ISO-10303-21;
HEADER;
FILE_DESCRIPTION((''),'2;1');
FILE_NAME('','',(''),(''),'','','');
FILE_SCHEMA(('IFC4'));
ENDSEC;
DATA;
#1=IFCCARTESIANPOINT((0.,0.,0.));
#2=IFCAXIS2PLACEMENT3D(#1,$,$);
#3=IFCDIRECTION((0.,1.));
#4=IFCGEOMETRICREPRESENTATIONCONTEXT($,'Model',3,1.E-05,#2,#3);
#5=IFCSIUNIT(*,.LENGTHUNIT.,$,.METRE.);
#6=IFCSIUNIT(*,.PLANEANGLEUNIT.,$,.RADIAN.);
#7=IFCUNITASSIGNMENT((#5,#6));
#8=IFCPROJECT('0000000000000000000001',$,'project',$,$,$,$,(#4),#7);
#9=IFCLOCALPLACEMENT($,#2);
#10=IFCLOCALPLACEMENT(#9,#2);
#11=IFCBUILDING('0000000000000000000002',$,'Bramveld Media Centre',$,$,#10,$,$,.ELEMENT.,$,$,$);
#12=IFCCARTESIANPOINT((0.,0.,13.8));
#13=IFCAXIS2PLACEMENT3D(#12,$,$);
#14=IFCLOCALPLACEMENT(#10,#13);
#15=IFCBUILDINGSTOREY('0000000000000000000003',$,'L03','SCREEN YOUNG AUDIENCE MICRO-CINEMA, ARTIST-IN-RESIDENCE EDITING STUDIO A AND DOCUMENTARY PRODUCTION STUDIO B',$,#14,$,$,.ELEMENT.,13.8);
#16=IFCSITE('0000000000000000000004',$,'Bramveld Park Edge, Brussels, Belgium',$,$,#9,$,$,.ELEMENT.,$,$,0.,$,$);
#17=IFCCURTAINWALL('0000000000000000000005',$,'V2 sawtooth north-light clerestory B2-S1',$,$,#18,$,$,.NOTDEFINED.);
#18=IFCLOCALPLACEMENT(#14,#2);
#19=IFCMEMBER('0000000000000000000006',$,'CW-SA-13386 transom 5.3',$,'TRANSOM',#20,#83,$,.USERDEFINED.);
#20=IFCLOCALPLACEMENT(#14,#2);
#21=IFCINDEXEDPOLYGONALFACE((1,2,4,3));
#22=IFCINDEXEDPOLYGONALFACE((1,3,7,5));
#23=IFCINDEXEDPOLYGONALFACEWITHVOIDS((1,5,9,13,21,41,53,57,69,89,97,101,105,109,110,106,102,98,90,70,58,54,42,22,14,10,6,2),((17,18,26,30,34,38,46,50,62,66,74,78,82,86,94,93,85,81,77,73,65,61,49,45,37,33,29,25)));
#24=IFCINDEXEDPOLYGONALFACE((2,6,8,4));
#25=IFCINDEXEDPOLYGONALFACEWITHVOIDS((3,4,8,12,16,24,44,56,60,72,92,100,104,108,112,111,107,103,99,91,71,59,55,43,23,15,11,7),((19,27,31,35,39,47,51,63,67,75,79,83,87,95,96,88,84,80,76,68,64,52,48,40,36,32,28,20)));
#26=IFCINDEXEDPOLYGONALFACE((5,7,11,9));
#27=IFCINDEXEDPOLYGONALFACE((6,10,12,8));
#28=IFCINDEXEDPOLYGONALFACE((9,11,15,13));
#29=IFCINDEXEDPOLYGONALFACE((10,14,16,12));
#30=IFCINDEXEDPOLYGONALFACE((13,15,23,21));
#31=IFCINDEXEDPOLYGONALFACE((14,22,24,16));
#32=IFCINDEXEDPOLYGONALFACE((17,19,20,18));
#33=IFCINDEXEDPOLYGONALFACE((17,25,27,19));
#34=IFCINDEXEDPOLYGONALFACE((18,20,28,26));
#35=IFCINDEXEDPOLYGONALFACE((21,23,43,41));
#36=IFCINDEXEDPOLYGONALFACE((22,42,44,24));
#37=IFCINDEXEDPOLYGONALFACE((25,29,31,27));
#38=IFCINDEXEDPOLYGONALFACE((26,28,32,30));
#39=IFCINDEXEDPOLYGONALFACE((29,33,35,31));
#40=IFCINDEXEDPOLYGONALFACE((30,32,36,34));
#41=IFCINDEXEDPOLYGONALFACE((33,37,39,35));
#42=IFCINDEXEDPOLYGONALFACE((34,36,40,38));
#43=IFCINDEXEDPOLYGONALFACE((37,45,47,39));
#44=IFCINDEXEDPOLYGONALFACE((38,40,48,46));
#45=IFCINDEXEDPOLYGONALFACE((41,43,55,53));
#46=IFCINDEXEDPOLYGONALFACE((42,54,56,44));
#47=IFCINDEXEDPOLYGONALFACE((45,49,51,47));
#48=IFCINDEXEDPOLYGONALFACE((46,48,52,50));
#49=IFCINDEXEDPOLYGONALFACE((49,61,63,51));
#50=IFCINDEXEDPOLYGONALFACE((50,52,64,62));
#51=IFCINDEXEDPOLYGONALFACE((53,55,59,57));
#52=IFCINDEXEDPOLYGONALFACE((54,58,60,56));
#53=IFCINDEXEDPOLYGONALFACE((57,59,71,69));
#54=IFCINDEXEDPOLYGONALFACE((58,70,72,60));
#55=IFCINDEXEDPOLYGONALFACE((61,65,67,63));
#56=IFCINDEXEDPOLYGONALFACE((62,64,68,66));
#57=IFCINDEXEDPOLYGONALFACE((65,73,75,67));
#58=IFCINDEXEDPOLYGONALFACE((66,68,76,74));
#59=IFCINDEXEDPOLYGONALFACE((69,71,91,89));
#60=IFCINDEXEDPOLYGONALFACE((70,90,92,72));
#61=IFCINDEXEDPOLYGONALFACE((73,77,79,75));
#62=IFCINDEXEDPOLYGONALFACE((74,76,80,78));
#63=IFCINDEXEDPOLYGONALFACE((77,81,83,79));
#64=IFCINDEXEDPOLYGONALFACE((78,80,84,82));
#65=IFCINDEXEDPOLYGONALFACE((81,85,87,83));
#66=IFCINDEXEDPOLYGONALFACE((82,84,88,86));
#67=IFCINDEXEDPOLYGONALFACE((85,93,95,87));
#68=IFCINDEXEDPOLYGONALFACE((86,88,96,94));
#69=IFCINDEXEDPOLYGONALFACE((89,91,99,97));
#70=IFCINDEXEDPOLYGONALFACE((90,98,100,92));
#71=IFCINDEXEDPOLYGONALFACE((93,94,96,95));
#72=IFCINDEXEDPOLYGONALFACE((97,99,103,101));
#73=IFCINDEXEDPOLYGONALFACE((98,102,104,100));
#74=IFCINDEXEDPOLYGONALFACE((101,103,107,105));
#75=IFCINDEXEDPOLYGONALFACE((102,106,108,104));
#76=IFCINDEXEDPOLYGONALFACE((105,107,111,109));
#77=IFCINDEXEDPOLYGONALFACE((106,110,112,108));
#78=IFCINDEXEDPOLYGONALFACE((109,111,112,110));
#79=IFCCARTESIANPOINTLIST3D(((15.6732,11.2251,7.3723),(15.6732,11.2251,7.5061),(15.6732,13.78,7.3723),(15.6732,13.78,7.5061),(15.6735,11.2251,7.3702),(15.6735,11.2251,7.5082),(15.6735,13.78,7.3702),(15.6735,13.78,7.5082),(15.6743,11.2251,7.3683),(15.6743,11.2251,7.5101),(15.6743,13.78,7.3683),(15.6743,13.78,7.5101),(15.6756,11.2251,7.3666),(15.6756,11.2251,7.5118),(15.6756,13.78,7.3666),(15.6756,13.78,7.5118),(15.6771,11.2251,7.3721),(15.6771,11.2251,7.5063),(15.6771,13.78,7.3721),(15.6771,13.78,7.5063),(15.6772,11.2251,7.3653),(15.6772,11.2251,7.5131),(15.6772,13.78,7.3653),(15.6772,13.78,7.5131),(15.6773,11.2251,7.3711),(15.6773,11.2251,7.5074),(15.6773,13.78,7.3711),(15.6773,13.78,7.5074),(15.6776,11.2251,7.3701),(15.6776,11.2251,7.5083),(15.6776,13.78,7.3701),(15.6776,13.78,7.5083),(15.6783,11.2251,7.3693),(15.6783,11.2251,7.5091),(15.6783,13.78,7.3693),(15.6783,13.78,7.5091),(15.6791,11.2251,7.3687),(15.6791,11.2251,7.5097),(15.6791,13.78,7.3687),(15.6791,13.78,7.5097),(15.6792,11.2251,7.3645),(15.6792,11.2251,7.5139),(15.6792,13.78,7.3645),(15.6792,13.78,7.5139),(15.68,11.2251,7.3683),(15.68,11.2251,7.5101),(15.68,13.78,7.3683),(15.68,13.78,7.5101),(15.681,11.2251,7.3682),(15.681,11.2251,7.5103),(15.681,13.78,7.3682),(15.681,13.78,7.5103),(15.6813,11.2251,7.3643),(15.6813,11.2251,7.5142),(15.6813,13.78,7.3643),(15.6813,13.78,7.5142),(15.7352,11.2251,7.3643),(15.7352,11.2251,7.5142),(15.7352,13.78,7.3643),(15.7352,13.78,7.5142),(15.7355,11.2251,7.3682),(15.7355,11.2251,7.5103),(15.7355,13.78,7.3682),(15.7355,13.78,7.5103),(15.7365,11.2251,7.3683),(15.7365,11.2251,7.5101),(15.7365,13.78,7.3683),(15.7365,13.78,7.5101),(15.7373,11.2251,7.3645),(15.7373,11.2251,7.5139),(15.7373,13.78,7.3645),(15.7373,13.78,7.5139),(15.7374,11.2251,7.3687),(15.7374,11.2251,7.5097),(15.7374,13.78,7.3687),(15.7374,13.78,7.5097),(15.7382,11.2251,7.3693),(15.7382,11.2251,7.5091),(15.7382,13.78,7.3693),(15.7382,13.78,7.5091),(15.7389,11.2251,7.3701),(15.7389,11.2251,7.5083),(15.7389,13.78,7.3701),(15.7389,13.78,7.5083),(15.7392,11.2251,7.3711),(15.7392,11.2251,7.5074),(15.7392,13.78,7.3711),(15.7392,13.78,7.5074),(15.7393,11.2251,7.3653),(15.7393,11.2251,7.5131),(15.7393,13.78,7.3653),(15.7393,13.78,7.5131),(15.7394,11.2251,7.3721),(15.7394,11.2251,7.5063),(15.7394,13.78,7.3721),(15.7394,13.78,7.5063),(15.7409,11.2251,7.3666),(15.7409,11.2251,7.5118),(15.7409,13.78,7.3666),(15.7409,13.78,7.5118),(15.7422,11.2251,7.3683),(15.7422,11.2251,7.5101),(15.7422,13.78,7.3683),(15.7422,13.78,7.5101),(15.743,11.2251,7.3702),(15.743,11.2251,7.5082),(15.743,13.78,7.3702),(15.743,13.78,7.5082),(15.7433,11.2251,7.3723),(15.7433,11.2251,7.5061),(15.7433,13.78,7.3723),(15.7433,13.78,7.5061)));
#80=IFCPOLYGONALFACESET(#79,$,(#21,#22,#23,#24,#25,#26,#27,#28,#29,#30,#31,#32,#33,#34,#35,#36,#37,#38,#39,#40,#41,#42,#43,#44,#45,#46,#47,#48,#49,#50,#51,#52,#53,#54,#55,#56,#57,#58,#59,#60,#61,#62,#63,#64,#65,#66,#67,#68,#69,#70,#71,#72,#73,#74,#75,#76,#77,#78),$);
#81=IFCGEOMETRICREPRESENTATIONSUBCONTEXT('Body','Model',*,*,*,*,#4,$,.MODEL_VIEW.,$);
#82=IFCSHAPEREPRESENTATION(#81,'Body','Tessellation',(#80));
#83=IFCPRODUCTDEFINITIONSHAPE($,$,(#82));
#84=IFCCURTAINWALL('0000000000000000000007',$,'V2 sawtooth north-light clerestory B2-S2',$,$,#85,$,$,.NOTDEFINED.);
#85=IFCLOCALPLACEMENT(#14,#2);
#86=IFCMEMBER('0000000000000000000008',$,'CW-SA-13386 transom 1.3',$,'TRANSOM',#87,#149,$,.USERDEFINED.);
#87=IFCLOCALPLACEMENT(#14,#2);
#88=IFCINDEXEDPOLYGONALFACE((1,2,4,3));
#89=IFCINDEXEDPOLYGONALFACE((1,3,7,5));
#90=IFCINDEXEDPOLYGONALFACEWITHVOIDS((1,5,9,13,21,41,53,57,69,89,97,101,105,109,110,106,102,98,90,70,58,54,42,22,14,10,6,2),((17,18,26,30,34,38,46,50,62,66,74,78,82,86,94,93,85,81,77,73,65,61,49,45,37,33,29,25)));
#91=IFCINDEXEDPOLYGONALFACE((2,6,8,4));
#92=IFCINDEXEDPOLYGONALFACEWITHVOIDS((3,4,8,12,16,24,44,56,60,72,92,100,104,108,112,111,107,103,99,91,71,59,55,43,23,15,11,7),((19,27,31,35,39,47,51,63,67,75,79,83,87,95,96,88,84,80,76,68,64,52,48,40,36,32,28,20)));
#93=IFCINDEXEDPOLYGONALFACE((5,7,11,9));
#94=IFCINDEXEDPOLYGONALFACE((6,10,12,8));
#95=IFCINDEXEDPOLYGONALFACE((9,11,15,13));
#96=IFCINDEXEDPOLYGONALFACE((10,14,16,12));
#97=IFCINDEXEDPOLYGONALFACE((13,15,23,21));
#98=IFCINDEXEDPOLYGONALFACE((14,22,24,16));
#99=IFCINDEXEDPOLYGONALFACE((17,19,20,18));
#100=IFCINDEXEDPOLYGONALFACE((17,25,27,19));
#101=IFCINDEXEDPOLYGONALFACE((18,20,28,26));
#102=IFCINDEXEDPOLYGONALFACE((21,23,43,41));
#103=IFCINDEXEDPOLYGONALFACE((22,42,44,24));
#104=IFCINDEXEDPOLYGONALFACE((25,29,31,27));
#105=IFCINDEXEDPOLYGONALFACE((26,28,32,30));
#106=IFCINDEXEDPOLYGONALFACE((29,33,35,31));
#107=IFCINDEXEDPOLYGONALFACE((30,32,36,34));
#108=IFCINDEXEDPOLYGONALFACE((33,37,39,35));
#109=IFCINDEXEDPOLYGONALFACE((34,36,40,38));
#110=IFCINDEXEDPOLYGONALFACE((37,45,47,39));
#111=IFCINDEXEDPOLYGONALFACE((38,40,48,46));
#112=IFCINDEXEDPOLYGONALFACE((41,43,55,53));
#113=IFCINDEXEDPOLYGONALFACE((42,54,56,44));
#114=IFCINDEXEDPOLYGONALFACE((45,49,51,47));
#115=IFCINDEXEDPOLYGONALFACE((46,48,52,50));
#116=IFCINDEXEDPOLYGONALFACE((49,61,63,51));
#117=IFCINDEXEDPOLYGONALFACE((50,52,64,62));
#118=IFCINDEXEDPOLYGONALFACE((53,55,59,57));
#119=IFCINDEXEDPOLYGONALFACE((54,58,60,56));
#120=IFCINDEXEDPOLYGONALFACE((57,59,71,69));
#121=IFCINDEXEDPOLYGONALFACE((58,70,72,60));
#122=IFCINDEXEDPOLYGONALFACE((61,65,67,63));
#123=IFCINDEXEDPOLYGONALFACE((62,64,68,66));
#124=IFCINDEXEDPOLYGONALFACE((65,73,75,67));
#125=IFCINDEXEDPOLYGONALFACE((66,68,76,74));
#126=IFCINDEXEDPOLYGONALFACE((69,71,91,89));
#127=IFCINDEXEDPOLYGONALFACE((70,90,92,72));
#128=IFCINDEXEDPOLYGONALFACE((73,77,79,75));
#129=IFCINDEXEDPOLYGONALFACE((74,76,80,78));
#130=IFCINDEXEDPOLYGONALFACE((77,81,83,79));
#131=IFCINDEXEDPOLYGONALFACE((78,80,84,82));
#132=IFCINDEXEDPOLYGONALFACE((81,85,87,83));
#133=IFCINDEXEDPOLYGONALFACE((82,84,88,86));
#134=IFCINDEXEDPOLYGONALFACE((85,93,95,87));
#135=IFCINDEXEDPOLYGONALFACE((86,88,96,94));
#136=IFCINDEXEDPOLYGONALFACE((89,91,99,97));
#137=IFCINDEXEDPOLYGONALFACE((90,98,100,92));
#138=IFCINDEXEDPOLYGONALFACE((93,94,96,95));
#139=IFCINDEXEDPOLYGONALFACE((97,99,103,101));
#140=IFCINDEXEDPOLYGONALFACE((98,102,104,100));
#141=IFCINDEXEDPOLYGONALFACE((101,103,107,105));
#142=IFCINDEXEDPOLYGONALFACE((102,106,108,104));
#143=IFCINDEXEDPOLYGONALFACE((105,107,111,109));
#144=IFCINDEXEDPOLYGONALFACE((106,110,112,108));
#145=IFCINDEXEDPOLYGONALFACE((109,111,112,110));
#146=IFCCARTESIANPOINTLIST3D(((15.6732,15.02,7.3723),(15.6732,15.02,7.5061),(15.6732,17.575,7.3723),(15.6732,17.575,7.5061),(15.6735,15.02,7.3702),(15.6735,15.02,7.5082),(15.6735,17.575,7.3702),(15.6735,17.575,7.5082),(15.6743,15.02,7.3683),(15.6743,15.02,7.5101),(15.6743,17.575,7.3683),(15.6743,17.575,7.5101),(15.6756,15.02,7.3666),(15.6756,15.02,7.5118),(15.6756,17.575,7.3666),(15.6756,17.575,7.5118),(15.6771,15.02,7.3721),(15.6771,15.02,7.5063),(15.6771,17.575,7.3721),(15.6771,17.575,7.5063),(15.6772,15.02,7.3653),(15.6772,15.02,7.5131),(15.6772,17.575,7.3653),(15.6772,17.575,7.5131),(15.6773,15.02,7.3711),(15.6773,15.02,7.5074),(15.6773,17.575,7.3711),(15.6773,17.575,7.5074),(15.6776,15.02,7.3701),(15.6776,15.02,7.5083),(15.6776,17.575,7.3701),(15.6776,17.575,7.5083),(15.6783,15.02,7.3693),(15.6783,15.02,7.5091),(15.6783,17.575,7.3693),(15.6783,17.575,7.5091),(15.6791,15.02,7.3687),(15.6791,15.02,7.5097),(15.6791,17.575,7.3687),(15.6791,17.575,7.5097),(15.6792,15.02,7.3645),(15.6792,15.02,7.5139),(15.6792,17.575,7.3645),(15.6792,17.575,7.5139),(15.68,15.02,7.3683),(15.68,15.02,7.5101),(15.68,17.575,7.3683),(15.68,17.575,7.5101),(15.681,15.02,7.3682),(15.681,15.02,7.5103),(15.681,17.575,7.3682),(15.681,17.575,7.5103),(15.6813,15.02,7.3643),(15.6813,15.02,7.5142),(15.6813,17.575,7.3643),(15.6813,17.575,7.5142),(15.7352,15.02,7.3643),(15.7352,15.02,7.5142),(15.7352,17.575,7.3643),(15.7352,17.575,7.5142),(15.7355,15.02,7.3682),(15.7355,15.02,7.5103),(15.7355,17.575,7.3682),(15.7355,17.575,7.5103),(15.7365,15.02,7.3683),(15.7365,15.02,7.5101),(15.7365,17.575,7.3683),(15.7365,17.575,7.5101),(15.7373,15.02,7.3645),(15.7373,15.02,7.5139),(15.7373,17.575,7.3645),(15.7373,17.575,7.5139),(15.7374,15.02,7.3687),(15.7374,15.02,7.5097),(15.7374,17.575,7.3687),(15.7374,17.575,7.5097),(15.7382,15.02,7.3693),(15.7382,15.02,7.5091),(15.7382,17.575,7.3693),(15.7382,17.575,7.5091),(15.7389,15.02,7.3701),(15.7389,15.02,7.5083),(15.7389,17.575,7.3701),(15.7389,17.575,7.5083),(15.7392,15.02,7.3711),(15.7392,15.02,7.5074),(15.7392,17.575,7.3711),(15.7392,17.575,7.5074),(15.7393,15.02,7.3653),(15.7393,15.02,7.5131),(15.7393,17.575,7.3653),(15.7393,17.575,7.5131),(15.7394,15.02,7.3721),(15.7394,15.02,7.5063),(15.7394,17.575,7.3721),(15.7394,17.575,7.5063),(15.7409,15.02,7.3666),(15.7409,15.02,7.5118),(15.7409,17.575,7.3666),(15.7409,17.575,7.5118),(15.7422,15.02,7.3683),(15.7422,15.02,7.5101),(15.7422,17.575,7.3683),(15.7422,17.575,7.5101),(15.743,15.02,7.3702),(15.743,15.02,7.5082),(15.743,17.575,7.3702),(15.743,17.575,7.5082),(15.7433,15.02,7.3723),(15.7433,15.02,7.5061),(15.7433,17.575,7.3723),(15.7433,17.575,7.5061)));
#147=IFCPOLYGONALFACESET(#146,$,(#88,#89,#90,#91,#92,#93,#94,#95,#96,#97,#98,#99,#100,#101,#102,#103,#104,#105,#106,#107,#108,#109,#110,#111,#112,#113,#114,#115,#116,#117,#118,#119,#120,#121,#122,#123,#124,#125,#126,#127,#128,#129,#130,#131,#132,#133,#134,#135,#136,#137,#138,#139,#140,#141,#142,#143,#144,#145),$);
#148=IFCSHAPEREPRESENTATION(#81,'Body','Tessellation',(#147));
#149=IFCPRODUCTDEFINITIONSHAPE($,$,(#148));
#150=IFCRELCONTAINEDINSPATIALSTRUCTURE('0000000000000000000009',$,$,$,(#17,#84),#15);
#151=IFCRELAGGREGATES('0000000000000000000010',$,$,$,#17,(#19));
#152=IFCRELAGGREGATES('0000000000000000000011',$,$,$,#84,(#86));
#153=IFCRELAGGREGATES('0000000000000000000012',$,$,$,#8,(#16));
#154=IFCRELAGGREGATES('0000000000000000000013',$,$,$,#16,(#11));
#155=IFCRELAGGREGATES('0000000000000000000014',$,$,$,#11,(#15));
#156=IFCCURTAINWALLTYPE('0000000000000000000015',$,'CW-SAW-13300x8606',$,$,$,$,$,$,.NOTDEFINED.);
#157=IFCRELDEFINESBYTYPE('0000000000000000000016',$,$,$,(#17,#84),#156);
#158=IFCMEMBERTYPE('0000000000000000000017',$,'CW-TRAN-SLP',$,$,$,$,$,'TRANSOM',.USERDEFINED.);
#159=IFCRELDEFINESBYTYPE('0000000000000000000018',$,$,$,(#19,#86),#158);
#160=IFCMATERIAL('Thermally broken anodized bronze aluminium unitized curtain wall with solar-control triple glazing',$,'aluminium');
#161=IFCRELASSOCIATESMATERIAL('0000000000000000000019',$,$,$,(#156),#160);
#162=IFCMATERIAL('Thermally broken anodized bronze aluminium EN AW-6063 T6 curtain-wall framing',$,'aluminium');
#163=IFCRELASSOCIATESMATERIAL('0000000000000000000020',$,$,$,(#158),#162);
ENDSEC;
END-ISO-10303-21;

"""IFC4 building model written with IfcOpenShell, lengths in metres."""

from ifc_helpers import new_model, si_unit, direction, frame, origin, origin_2d, place, context, subcontext, project, spatial, hollow_rectangle, extrude, material, material_profile, profile_set, type_object, element, aggregate, save


model = new_model("IFC4")

# Units and contexts
model_context = context("Model", 3, precision=1e-05, world=origin(), true_north=direction((0.0, 1.0)))
body_context = subcontext(model_context, "Body", "Model", "MODEL_VIEW")
ifc_project = project(units=[si_unit("LENGTHUNIT", "METRE"), si_unit("PLANEANGLEUNIT", "RADIAN")], contexts=[model_context])

# Site, building, storey
site_placement = place(None, origin())
site = spatial("IfcSite", under=ifc_project, at=site_placement, Name="Bramveld Park Edge, Brussels, Belgium", CompositionType="ELEMENT", RefElevation=0.0)
building_placement = place(site_placement, origin())
building = spatial("IfcBuilding", under=site, at=building_placement, Name="Bramveld Media Centre", CompositionType="ELEMENT")
storey_placement = place(building_placement, frame((0.0, 0.0, 13.8)))
storey = spatial("IfcBuildingStorey", under=building, at=storey_placement, Name="L03", Description="SCREEN YOUNG AUDIENCE MICRO-CINEMA, ARTIST-IN-RESIDENCE EDITING STUDIO A AND DOCUMENTARY PRODUCTION STUDIO B", CompositionType="ELEMENT", Elevation=13.8)

# Shared definitions
ifc_material_1 = material(Name="Thermally broken anodized bronze aluminium unitized curtain wall with solar-control triple glazing", Category="aluminium")
curtain_wall_type = type_object("IfcCurtainWallType", Name="CW-SAW-13300x8606", PredefinedType="NOTDEFINED", material=ifc_material_1)

# Shared definitions
ifc_material_2 = material(Name="Thermally broken anodized bronze aluminium EN AW-6063 T6 curtain-wall framing", Category="aluminium")
ifc_material_profile_1 = material_profile(ifc_material_2, hollow_rectangle(XDim=0.0701, YDim=0.1499, WallThickness=0.0039, InnerFilletRadius=0.0039, OuterFilletRadius=0.0081, at=origin_2d()), Name="AL-TRAN 70x150")
ifc_profile_set_1 = profile_set([ifc_material_profile_1], Name="Thermally broken anodized bronze aluminium EN AW-6063 T6 curtain-wall framing")
member_type_1 = type_object("IfcMemberType", Name="CW-TRAN-SLP", ElementType="TRANSOM", PredefinedType="USERDEFINED", material=ifc_profile_set_1)

# Curtain wall, member
curtain_wall_1_placement = place(storey_placement, origin())
curtain_wall_1 = element("IfcCurtainWall", 1, at=curtain_wall_1_placement, inside=storey, type_object=curtain_wall_type, Name="V2 sawtooth north-light clerestory B2-S1", PredefinedType="NOTDEFINED")
member_1_placement = place(storey_placement, frame((15.7083, 11.2251, 7.4392), z_axis=(0.0, 1.0, 0.0), x_axis=(-1.0, 0.0, 0.0)))
member_1 = element("IfcMember", 2, at=member_1_placement, type_object=member_type_1, Name="CW-SA-13386 transom 5.3", ObjectType="TRANSOM", PredefinedType="USERDEFINED", context=body_context, shape_type="SweptSolid", body=[
    extrude(hollow_rectangle(XDim=0.0701, YDim=0.1499, WallThickness=0.0039, InnerFilletRadius=0.0039, OuterFilletRadius=0.0081, at=origin_2d()), origin(), (0.0, 0.0, 1.0), 2.5549),
])
aggregate(curtain_wall_1, [member_1])

# Curtain wall, member
curtain_wall_2_placement = place(storey_placement, origin())
curtain_wall_2 = element("IfcCurtainWall", 3, at=curtain_wall_2_placement, inside=storey, type_object=curtain_wall_type, Name="V2 sawtooth north-light clerestory B2-S2", PredefinedType="NOTDEFINED")
member_2_placement = place(storey_placement, frame((15.7083, 15.02, 7.4392), z_axis=(0.0, 1.0, 0.0), x_axis=(-1.0, 0.0, 0.0)))
member_2 = element("IfcMember", 4, at=member_2_placement, type_object=member_type_1, Name="CW-SA-13386 transom 1.3", ObjectType="TRANSOM", PredefinedType="USERDEFINED", context=body_context, shape_type="SweptSolid", body=[
    extrude(hollow_rectangle(XDim=0.0701, YDim=0.1499, WallThickness=0.0039, InnerFilletRadius=0.0039, OuterFilletRadius=0.0081, at=origin_2d()), origin(), (0.0, 0.0, 1.0), 2.5549),
])
aggregate(curtain_wall_2, [member_2])

save(model, "model.ifc")
